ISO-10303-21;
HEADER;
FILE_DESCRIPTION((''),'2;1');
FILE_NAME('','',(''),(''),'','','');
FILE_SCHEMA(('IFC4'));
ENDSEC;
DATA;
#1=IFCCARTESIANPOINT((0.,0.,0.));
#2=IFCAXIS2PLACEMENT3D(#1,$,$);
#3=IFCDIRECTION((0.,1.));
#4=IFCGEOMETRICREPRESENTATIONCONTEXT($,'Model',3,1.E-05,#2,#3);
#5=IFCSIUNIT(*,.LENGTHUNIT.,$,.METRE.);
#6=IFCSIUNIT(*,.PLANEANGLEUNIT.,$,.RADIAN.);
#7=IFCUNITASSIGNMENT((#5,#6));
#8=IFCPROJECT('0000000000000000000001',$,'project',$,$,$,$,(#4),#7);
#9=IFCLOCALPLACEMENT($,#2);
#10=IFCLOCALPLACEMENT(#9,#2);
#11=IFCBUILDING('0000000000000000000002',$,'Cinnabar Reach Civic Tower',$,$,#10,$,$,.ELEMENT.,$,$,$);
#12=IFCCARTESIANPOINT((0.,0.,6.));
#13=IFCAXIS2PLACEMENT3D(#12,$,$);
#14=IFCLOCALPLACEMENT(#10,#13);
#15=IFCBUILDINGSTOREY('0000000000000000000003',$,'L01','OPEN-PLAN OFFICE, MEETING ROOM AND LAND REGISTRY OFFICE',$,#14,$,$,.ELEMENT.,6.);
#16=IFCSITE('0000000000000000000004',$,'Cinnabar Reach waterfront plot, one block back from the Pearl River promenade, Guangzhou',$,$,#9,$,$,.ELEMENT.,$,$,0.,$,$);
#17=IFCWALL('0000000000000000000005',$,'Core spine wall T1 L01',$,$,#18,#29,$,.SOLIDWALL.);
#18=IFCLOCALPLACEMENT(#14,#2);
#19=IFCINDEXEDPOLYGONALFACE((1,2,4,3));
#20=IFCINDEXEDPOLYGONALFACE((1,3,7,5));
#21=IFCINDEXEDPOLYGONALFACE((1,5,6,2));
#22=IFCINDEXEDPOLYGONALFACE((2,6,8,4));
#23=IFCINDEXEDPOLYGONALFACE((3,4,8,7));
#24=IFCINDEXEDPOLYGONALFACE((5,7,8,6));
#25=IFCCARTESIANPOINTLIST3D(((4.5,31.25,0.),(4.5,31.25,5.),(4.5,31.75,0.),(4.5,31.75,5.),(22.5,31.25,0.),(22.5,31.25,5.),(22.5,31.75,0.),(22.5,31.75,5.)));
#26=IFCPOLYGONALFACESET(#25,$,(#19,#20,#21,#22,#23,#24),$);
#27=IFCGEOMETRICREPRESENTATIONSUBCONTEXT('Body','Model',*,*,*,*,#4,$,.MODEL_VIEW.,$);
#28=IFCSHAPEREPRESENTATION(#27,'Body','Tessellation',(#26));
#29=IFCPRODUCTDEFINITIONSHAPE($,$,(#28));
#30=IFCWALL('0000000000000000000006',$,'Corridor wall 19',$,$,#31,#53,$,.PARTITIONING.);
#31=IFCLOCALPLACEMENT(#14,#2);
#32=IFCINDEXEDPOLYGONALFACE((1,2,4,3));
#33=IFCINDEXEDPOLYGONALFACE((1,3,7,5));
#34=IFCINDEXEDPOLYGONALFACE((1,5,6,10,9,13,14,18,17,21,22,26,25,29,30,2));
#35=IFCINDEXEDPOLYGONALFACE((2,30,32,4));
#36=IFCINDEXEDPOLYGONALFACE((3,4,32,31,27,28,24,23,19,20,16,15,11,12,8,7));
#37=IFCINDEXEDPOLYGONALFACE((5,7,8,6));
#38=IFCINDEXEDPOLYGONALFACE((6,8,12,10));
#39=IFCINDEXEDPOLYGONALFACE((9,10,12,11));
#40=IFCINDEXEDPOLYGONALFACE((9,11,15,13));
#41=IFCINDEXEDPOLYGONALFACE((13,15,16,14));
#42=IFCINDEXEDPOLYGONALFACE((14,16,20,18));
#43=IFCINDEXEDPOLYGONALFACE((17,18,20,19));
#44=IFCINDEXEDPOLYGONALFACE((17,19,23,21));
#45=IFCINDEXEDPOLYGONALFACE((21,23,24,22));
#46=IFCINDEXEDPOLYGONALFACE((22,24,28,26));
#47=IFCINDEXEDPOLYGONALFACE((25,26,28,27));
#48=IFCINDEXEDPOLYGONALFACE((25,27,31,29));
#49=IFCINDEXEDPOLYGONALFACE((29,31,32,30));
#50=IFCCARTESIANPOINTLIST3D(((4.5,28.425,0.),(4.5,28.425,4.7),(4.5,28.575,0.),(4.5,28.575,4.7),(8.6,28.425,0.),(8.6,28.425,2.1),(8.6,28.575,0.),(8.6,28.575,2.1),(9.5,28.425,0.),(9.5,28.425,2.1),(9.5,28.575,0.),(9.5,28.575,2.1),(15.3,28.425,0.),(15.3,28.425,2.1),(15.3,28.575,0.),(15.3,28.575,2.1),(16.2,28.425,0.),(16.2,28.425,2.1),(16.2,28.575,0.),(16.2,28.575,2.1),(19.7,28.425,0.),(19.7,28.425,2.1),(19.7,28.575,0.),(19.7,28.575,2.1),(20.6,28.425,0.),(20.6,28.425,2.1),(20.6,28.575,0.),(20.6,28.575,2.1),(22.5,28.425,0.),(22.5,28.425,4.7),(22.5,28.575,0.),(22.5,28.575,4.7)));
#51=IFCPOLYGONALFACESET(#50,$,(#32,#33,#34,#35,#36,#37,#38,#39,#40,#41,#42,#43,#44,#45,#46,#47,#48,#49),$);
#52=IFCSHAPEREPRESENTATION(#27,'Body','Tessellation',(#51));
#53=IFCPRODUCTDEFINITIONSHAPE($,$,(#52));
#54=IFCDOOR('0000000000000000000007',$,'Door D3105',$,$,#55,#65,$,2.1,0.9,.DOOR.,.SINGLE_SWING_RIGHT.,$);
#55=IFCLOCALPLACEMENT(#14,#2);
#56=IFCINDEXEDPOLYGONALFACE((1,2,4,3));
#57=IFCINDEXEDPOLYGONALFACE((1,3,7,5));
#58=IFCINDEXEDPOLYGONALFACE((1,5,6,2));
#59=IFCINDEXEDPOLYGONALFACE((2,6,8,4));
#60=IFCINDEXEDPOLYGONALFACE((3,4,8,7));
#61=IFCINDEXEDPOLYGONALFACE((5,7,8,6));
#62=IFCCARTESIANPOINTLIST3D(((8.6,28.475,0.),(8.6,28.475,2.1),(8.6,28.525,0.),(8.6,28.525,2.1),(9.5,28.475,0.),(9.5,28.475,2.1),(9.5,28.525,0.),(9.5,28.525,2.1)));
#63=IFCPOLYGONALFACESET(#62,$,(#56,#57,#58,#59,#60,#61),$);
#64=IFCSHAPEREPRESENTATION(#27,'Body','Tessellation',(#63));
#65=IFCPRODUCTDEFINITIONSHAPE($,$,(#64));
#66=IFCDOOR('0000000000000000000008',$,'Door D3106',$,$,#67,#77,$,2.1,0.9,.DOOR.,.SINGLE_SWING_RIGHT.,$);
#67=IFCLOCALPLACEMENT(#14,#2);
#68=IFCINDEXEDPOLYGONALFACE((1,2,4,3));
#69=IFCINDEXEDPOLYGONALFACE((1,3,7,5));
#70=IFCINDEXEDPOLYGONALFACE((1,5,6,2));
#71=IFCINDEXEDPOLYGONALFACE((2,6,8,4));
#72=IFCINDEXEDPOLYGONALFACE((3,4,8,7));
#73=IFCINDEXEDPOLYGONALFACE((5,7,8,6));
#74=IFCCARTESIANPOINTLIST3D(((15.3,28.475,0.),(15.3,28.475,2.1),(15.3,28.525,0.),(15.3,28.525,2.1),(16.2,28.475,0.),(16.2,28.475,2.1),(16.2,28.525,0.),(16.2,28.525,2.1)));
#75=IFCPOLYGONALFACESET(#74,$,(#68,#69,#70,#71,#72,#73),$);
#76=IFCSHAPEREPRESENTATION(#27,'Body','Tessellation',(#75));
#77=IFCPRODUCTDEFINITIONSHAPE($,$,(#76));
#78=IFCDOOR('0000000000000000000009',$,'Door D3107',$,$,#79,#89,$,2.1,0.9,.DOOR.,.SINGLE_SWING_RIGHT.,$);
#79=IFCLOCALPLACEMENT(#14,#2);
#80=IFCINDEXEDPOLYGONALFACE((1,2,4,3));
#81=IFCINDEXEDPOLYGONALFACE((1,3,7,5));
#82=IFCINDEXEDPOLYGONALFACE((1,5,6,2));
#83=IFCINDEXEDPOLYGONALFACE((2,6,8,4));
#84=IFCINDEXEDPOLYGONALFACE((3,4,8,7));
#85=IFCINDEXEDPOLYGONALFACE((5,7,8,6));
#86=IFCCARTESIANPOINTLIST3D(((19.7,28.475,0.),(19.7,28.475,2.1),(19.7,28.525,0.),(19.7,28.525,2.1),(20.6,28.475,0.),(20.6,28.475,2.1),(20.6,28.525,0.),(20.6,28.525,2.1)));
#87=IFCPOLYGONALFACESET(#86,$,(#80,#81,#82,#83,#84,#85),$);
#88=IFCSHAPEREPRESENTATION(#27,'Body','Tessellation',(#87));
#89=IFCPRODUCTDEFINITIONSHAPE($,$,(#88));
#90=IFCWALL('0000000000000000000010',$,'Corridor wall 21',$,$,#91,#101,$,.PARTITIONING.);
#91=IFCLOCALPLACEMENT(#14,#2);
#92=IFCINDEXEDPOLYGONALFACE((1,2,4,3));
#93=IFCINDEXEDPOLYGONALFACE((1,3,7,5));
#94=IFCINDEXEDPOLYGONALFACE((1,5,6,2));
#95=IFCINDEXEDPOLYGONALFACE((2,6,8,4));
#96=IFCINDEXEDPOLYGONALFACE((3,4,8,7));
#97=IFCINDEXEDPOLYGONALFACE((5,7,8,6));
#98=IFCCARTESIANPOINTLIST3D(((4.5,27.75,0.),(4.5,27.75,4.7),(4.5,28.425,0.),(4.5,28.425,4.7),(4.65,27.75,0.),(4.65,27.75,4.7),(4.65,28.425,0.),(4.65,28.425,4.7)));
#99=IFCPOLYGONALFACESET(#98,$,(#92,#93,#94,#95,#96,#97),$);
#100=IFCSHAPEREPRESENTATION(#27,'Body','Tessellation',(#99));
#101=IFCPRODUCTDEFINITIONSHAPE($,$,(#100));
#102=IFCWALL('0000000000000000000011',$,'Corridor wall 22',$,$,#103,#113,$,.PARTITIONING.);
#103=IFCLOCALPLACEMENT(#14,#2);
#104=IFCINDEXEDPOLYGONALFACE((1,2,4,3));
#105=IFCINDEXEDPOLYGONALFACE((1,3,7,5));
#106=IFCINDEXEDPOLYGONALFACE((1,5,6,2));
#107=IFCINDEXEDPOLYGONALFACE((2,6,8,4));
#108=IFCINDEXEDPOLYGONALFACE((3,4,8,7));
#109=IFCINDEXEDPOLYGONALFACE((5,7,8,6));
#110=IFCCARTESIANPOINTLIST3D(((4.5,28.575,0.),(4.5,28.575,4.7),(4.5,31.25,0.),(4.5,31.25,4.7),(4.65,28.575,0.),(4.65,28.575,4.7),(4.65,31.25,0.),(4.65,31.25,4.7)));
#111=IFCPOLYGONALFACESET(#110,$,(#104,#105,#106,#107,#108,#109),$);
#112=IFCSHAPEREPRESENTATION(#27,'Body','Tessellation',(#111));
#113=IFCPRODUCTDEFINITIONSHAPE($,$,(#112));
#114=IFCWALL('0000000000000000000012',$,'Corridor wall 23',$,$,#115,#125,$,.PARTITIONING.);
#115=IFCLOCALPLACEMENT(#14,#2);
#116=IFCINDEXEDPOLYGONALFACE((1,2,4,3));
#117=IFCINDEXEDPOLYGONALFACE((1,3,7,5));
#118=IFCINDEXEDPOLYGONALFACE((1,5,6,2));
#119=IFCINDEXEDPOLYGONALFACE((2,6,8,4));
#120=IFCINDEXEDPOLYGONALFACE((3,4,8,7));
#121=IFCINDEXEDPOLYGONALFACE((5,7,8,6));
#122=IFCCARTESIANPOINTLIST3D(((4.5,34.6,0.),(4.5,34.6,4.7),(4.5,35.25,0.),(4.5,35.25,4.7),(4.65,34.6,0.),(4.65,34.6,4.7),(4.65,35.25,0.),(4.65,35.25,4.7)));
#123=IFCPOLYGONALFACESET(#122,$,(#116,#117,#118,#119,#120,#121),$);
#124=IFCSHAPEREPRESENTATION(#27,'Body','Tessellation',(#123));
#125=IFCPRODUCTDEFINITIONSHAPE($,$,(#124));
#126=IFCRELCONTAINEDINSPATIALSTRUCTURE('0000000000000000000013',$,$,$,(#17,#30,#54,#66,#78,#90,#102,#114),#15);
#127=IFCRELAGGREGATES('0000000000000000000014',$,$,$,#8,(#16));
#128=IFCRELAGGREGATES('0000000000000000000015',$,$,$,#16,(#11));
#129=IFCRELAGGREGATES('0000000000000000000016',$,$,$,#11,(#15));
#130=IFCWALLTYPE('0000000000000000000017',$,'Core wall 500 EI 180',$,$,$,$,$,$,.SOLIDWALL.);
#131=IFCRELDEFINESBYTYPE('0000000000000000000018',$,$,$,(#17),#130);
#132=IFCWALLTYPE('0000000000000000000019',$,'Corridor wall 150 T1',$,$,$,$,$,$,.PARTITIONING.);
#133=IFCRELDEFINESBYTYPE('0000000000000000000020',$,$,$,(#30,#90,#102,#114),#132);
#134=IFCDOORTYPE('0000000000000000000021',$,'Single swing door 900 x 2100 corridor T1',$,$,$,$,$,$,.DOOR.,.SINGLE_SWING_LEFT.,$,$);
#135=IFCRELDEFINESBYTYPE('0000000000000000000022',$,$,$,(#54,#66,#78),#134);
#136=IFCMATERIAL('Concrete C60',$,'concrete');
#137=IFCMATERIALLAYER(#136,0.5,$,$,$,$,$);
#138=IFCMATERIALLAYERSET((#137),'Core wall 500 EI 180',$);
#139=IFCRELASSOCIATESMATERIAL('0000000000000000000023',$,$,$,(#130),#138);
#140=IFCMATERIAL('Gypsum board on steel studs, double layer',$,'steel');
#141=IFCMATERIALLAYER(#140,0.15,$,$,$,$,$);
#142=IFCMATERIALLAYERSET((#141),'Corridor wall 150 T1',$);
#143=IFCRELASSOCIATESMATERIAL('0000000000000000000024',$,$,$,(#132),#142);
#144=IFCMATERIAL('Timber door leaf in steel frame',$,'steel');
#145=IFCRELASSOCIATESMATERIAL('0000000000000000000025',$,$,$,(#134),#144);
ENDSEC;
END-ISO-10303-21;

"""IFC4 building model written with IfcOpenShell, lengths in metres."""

from ifc_helpers import new_model, si_unit, direction, frame, frame_2d, origin, place, context, subcontext, project, spatial, rectangle, extrude, material, layer, layer_set, type_object, element, fill, save


model = new_model("IFC4")

# Units and contexts
model_context = context("Model", 3, precision=1e-05, world=origin(), true_north=direction((0.0, 1.0)))
body_context = subcontext(model_context, "Body", "Model", "MODEL_VIEW")
ifc_project = project(units=[si_unit("LENGTHUNIT", "METRE"), si_unit("PLANEANGLEUNIT", "RADIAN")], contexts=[model_context])

# Site, building, storey
site_placement = place(None, origin())
site = spatial("IfcSite", under=ifc_project, at=site_placement, Name="Cinnabar Reach waterfront plot, one block back from the Pearl River promenade, Guangzhou", CompositionType="ELEMENT", RefElevation=0.0)
building_placement = place(site_placement, origin())
building = spatial("IfcBuilding", under=site, at=building_placement, Name="Cinnabar Reach Civic Tower", CompositionType="ELEMENT")
storey_placement = place(building_placement, frame((0.0, 0.0, 6.0)))
storey = spatial("IfcBuildingStorey", under=building, at=storey_placement, Name="L01", Description="OPEN-PLAN OFFICE, MEETING ROOM AND LAND REGISTRY OFFICE", CompositionType="ELEMENT", Elevation=6.0)

# Wall
ifc_material_1 = material(Name="Concrete C60", Category="concrete")
ifc_layer_1 = layer(ifc_material_1, 0.5)
ifc_layer_set_1 = layer_set([ifc_layer_1], Name="Core wall 500 EI 180")
wall_type_1 = type_object("IfcWallType", Name="Core wall 500 EI 180", PredefinedType="SOLIDWALL", material=ifc_layer_set_1)
wall_1_placement = place(storey_placement, frame((4.5, 31.5, 0.0), z_axis=(0.0, 0.0, 1.0), x_axis=(1.0, 0.0, 0.0)))
element("IfcWall", 1, at=wall_1_placement, inside=storey, type_object=wall_type_1, Name="Core spine wall T1 L01", PredefinedType="SOLIDWALL", context=body_context, shape_type="SweptSolid", body=[
    extrude(rectangle(XDim=18.0, YDim=0.5, at=frame_2d((9.0, 0.0))), origin(), (0.0, 0.0, 1.0), 5.0),
])

# Wall, openings, doors
ifc_material_2 = material(Name="Gypsum board on steel studs, double layer", Category="steel")
ifc_layer_2 = layer(ifc_material_2, 0.15)
ifc_layer_set_2 = layer_set([ifc_layer_2], Name="Corridor wall 150 T1")
wall_type_2 = type_object("IfcWallType", Name="Corridor wall 150 T1", PredefinedType="PARTITIONING", material=ifc_layer_set_2)
wall_2_placement = place(storey_placement, frame((4.5, 28.5, 0.0), z_axis=(0.0, 0.0, 1.0), x_axis=(1.0, 0.0, 0.0)))
wall_2 = element("IfcWall", 2, at=wall_2_placement, inside=storey, type_object=wall_type_2, Name="Corridor wall 19", PredefinedType="PARTITIONING", context=body_context, shape_type="SweptSolid", body=[
    extrude(rectangle(XDim=18.0, YDim=0.15, at=frame_2d((9.0, 0.0))), origin(), (0.0, 0.0, 1.0), 4.7),
])
opening_1_placement = place(wall_2_placement, frame((4.1, 0.0, 0.0)))
opening_1 = element("IfcOpeningElement", 3, at=opening_1_placement, cuts=wall_2, PredefinedType="OPENING", context=body_context, shape_type="SweptSolid", body=[
    extrude(rectangle(XDim=0.9, YDim=2.1, at=frame_2d((0.45, 1.05))), frame((0.0, 0.085, 0.0), z_axis=(0.0, -1.0, 0.0), x_axis=(1.0, 0.0, 0.0)), (0.0, 0.0, 1.0), 0.17),
])
opening_2_placement = place(wall_2_placement, frame((10.8, 0.0, 0.0)))
opening_2 = element("IfcOpeningElement", 4, at=opening_2_placement, cuts=wall_2, PredefinedType="OPENING", context=body_context, shape_type="SweptSolid", body=[
    extrude(rectangle(XDim=0.9, YDim=2.1, at=frame_2d((0.45, 1.05))), frame((0.0, 0.085, 0.0), z_axis=(0.0, -1.0, 0.0), x_axis=(1.0, 0.0, 0.0)), (0.0, 0.0, 1.0), 0.17),
])
opening_3_placement = place(wall_2_placement, frame((15.2, 0.0, 0.0)))
opening_3 = element("IfcOpeningElement", 5, at=opening_3_placement, cuts=wall_2, PredefinedType="OPENING", context=body_context, shape_type="SweptSolid", body=[
    extrude(rectangle(XDim=0.9, YDim=2.1, at=frame_2d((0.45, 1.05))), frame((0.0, 0.085, 0.0), z_axis=(0.0, -1.0, 0.0), x_axis=(1.0, 0.0, 0.0)), (0.0, 0.0, 1.0), 0.17),
])
ifc_material_3 = material(Name="Timber door leaf in steel frame", Category="steel")
door_type_1 = type_object("IfcDoorType", Name="Single swing door 900 x 2100 corridor T1", OperationType="SINGLE_SWING_LEFT", PredefinedType="DOOR", material=ifc_material_3)
door_1_placement = place(opening_1_placement, origin())
door_1 = element("IfcDoor", 6, at=door_1_placement, inside=storey, type_object=door_type_1, Name="Door D3105", OperationType="SINGLE_SWING_RIGHT", OverallHeight=2.1, OverallWidth=0.9, PredefinedType="DOOR", context=body_context, shape_type="SweptSolid", body=[
    extrude(rectangle(XDim=0.9, YDim=2.1, at=frame_2d((0.45, 1.05))), frame((0.0, 0.025, 0.0), z_axis=(0.0, -1.0, 0.0), x_axis=(1.0, 0.0, 0.0)), (0.0, 0.0, 1.0), 0.05),
])
fill(opening_1, door_1)
door_2_placement = place(opening_2_placement, origin())
door_2 = element("IfcDoor", 7, at=door_2_placement, inside=storey, type_object=door_type_1, Name="Door D3106", OperationType="SINGLE_SWING_RIGHT", OverallHeight=2.1, OverallWidth=0.9, PredefinedType="DOOR", context=body_context, shape_type="SweptSolid", body=[
    extrude(rectangle(XDim=0.9, YDim=2.1, at=frame_2d((0.45, 1.05))), frame((0.0, 0.025, 0.0), z_axis=(0.0, -1.0, 0.0), x_axis=(1.0, 0.0, 0.0)), (0.0, 0.0, 1.0), 0.05),
])
fill(opening_2, door_2)
door_3_placement = place(opening_3_placement, origin())
door_3 = element("IfcDoor", 8, at=door_3_placement, inside=storey, type_object=door_type_1, Name="Door D3107", OperationType="SINGLE_SWING_RIGHT", OverallHeight=2.1, OverallWidth=0.9, PredefinedType="DOOR", context=body_context, shape_type="SweptSolid", body=[
    extrude(rectangle(XDim=0.9, YDim=2.1, at=frame_2d((0.45, 1.05))), frame((0.0, 0.025, 0.0), z_axis=(0.0, -1.0, 0.0), x_axis=(1.0, 0.0, 0.0)), (0.0, 0.0, 1.0), 0.05),
])
fill(opening_3, door_3)

# Walls
wall_3_placement = place(storey_placement, frame((4.575, 27.75, 0.0), z_axis=(0.0, 0.0, 1.0), x_axis=(0.0, 1.0, 0.0)))
element("IfcWall", 9, at=wall_3_placement, inside=storey, type_object=wall_type_2, Name="Corridor wall 21", PredefinedType="PARTITIONING", context=body_context, shape_type="SweptSolid", body=[
    extrude(rectangle(XDim=0.675, YDim=0.15, at=frame_2d((0.3375, 0.0))), origin(), (0.0, 0.0, 1.0), 4.7),
])
wall_4_placement = place(storey_placement, frame((4.575, 28.575, 0.0), z_axis=(0.0, 0.0, 1.0), x_axis=(0.0, 1.0, 0.0)))
element("IfcWall", 10, at=wall_4_placement, inside=storey, type_object=wall_type_2, Name="Corridor wall 22", PredefinedType="PARTITIONING", context=body_context, shape_type="SweptSolid", body=[
    extrude(rectangle(XDim=2.675, YDim=0.15, at=frame_2d((1.3375, 0.0))), origin(), (0.0, 0.0, 1.0), 4.7),
])
wall_5_placement = place(storey_placement, frame((4.575, 34.6, 0.0), z_axis=(0.0, 0.0, 1.0), x_axis=(0.0, 1.0, 0.0)))
element("IfcWall", 11, at=wall_5_placement, inside=storey, type_object=wall_type_2, Name="Corridor wall 23", PredefinedType="PARTITIONING", context=body_context, shape_type="SweptSolid", body=[
    extrude(rectangle(XDim=0.65, YDim=0.15, at=frame_2d((0.325, 0.0))), origin(), (0.0, 0.0, 1.0), 4.7),
])

save(model, "model.ifc")
